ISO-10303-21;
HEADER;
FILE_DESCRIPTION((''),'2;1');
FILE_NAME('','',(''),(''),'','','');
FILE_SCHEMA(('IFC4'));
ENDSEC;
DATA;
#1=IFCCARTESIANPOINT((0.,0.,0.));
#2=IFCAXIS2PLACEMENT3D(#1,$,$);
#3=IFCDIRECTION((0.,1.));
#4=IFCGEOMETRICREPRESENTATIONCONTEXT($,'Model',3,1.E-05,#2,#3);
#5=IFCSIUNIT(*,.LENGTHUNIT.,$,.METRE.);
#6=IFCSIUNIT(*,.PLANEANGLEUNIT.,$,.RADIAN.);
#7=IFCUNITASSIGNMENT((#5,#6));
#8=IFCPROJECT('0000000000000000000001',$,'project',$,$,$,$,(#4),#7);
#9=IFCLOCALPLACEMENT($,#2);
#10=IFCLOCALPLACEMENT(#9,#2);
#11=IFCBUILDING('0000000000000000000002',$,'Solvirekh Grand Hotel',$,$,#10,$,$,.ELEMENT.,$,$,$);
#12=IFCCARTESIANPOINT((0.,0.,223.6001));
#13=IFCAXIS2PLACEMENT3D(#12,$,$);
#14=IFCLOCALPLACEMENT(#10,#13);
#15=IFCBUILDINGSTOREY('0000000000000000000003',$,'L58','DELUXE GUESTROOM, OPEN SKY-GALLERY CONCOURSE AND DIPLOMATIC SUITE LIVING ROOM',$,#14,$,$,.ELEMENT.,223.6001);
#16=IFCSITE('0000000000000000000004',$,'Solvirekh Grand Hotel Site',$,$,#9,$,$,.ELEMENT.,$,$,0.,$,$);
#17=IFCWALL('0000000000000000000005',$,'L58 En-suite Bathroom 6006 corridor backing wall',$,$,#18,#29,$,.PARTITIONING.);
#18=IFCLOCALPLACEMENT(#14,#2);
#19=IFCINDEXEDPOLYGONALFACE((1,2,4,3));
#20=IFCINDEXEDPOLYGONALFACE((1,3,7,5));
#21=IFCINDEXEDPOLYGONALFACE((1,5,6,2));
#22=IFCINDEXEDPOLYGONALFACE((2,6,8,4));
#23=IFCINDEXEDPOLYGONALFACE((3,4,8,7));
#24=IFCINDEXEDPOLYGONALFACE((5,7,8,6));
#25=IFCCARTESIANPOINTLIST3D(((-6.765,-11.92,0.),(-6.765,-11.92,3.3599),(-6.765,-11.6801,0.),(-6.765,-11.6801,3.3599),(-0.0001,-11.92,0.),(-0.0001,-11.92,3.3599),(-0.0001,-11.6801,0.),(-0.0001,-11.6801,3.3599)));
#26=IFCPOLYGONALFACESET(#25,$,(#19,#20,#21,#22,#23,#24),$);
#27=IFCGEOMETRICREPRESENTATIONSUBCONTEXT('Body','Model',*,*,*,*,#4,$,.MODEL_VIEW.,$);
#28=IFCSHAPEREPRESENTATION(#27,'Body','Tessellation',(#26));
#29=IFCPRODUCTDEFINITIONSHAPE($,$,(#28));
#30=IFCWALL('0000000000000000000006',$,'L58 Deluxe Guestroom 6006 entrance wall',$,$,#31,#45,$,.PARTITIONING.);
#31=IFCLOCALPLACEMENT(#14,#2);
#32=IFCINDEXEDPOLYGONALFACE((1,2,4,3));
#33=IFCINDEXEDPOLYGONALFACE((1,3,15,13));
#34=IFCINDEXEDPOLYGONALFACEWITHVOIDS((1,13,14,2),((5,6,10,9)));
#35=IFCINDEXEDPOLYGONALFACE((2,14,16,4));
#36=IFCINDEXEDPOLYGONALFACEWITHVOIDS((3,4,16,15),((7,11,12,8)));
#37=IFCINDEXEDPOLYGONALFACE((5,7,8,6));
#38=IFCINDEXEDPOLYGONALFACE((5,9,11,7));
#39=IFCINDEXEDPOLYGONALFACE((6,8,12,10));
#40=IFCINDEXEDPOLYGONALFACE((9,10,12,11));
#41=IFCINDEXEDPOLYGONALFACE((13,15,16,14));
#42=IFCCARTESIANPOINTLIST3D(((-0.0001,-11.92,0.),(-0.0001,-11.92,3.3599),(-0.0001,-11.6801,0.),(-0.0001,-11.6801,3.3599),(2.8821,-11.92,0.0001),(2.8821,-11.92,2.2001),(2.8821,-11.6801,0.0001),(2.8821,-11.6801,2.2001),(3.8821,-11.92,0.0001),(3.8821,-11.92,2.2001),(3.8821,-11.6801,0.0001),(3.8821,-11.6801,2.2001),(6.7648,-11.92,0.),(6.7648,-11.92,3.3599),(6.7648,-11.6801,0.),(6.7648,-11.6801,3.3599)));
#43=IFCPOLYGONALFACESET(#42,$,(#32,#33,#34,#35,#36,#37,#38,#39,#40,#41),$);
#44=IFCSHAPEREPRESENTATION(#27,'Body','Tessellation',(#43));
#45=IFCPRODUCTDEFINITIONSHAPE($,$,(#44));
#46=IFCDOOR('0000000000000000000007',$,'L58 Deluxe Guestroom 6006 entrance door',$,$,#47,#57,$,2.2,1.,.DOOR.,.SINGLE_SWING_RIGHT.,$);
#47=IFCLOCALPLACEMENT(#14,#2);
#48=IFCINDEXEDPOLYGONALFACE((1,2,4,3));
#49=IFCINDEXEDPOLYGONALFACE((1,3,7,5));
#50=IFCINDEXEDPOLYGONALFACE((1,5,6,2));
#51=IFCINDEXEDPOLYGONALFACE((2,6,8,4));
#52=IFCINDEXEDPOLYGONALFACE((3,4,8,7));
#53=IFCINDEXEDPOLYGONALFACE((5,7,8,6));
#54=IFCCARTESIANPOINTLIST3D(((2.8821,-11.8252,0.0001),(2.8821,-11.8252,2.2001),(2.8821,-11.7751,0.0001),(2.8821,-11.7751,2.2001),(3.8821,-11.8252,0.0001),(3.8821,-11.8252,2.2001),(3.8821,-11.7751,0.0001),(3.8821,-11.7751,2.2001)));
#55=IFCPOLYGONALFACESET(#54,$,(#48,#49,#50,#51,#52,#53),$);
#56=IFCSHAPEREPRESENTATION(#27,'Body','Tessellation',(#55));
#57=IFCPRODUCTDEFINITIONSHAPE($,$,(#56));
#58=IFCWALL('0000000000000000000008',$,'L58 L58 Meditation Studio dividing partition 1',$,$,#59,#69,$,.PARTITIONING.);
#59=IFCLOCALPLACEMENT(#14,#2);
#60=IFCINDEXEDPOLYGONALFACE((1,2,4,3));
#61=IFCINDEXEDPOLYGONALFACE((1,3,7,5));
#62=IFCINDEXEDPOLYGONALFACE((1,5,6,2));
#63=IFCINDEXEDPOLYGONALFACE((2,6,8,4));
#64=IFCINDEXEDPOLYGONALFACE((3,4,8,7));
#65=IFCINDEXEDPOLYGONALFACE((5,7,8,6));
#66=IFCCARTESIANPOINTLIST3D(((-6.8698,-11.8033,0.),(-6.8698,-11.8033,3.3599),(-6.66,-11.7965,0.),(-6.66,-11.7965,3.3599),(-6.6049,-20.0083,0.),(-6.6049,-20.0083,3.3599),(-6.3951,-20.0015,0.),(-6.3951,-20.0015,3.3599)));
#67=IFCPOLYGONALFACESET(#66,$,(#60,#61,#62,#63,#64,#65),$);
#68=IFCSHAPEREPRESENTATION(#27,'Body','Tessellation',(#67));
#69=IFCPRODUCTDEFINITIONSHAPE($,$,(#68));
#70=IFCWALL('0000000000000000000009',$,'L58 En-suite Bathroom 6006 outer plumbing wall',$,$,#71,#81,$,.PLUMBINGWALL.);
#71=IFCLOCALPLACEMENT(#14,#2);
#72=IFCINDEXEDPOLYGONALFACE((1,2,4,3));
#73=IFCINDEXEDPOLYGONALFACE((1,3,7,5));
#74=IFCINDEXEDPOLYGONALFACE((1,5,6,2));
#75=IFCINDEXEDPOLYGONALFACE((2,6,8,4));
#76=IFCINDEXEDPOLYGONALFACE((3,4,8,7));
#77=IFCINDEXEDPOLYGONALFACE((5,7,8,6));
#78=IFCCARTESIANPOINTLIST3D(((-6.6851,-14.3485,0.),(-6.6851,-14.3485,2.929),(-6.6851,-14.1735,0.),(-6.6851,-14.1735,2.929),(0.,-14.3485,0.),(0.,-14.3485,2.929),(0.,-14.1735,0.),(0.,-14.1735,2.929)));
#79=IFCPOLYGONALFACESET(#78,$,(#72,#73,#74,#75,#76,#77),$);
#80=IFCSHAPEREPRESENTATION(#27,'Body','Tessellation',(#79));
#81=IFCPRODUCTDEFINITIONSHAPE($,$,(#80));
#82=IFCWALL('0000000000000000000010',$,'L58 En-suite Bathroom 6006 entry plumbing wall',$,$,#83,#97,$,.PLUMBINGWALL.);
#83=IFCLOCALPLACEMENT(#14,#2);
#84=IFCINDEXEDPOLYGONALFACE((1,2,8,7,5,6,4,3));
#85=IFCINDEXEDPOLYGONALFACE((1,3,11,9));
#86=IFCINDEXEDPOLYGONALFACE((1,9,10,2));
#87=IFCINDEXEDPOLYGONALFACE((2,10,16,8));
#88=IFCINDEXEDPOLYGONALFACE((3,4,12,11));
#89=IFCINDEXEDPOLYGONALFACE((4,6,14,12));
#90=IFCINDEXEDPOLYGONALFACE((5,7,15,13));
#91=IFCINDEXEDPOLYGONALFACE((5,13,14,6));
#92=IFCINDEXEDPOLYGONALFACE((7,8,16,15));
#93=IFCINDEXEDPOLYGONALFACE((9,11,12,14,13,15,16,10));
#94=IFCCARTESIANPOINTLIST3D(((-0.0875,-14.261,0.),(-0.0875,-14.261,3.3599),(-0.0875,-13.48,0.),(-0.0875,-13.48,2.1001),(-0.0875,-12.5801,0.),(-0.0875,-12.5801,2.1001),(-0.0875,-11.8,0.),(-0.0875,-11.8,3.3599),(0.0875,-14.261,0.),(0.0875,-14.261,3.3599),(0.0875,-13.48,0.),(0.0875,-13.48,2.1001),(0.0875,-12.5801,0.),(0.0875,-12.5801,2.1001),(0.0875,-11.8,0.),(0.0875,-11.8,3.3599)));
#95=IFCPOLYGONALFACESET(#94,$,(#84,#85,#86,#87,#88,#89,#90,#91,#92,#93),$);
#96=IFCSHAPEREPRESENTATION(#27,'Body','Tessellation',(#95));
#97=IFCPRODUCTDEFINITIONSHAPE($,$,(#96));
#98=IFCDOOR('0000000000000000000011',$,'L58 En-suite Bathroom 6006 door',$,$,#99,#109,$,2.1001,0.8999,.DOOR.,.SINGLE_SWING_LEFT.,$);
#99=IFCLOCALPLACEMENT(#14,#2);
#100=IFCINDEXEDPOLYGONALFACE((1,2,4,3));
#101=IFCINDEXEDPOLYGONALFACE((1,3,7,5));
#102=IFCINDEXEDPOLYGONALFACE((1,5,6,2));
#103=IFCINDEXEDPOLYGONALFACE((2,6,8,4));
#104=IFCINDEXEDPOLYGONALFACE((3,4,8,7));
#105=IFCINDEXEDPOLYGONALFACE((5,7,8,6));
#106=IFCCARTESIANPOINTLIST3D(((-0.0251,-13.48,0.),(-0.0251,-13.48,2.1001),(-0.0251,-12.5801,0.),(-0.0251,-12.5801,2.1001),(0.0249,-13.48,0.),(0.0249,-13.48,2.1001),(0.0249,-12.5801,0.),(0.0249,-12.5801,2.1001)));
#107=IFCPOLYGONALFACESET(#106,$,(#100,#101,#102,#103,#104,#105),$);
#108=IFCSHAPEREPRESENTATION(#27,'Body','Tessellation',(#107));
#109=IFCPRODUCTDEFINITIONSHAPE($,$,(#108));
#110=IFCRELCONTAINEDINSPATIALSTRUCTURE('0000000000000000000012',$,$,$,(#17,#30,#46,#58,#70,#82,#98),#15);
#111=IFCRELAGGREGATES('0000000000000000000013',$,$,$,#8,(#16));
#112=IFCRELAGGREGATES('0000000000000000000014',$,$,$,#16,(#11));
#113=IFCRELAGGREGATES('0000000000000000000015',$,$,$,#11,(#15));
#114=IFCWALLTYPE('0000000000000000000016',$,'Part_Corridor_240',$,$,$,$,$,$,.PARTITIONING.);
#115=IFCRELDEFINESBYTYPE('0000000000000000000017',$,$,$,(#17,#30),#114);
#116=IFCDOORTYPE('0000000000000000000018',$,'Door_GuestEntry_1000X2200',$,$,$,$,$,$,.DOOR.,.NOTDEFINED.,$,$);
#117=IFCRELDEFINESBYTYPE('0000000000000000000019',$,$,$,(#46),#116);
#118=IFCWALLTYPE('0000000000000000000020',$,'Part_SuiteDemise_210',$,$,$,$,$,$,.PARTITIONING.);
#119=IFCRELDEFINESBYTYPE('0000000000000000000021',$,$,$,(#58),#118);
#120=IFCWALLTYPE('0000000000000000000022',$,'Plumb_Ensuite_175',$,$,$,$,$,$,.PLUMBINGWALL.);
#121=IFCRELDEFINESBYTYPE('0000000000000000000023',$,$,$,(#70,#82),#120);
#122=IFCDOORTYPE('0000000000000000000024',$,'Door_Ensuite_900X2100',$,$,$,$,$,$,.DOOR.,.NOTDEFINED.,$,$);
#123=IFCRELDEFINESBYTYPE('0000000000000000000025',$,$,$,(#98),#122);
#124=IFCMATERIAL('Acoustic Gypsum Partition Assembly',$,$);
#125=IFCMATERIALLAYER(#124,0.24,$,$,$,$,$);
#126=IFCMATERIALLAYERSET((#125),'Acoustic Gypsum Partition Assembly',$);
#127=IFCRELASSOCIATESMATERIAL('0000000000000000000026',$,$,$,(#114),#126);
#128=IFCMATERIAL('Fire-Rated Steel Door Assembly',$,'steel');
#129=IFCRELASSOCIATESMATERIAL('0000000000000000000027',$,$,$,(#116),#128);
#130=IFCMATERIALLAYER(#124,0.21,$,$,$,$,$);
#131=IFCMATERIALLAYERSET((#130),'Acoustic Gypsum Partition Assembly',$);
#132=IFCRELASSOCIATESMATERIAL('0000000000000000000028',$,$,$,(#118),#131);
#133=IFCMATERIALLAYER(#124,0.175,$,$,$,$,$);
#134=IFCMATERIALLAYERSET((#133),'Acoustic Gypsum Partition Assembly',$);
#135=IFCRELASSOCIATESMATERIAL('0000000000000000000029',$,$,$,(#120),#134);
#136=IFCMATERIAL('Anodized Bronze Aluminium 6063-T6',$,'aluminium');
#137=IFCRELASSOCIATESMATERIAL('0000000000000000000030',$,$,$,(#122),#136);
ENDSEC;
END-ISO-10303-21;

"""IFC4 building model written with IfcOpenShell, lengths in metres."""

from ifc_helpers import new_model, si_unit, direction, frame, frame_2d, origin, place, context, subcontext, project, spatial, rectangle, extrude, material, layer, layer_set, type_object, element, fill, save


model = new_model("IFC4")

# Units and contexts
model_context = context("Model", 3, precision=1e-05, world=origin(), true_north=direction((0.0, 1.0)))
body_context = subcontext(model_context, "Body", "Model", "MODEL_VIEW")
ifc_project = project(units=[si_unit("LENGTHUNIT", "METRE"), si_unit("PLANEANGLEUNIT", "RADIAN")], contexts=[model_context])

# Site, building, storey
site_placement = place(None, origin())
site = spatial("IfcSite", under=ifc_project, at=site_placement, Name="Solvirekh Grand Hotel Site", CompositionType="ELEMENT", RefElevation=0.0)
building_placement = place(site_placement, origin())
building = spatial("IfcBuilding", under=site, at=building_placement, Name="Solvirekh Grand Hotel", CompositionType="ELEMENT")
storey_placement = place(building_placement, frame((0.0, 0.0, 223.6001)))
storey = spatial("IfcBuildingStorey", under=building, at=storey_placement, Name="L58", Description="DELUXE GUESTROOM, OPEN SKY-GALLERY CONCOURSE AND DIPLOMATIC SUITE LIVING ROOM", CompositionType="ELEMENT", Elevation=223.6001)

# Shared definitions
ifc_material_1 = material(Name="Anodized Bronze Aluminium 6063-T6", Category="aluminium")

# Shared definitions
ifc_material_2 = material(Name="Acoustic Gypsum Partition Assembly")

# Wall
ifc_layer_1 = layer(ifc_material_2, 0.24)
ifc_layer_set_1 = layer_set([ifc_layer_1], Name="Acoustic Gypsum Partition Assembly")
wall_type_1 = type_object("IfcWallType", Name="Part_Corridor_240", PredefinedType="PARTITIONING", material=ifc_layer_set_1)
wall_1_placement = place(storey_placement, frame((-6.7649, -11.8, 0.0), z_axis=(0.0, 0.0, 1.0), x_axis=(1.0, 0.0, 0.0)))
element("IfcWall", 1, at=wall_1_placement, inside=storey, type_object=wall_type_1, Name="L58 En-suite Bathroom 6006 corridor backing wall", PredefinedType="PARTITIONING", context=body_context, shape_type="SweptSolid", body=[
    extrude(rectangle(XDim=6.7649, YDim=0.24, at=frame_2d((3.3823, 0.0))), origin(), (0.0, 0.0, 1.0), 3.3599),
])

# Wall, opening, door
wall_2_placement = place(storey_placement, frame((0.0, -11.8, 0.0), z_axis=(0.0, 0.0, 1.0), x_axis=(1.0, 0.0, 0.0)))
wall_2 = element("IfcWall", 2, at=wall_2_placement, inside=storey, type_object=wall_type_1, Name="L58 Deluxe Guestroom 6006 entrance wall", PredefinedType="PARTITIONING", context=body_context, shape_type="SweptSolid", body=[
    extrude(rectangle(XDim=6.7649, YDim=0.24, at=frame_2d((3.3823, 0.0))), origin(), (0.0, 0.0, 1.0), 3.3599),
])
opening_1_placement = place(wall_2_placement, frame((2.8821, 0.0, 0.0)))
opening_1 = element("IfcOpeningElement", 3, at=opening_1_placement, cuts=wall_2, PredefinedType="OPENING", context=body_context, shape_type="SweptSolid", body=[
    extrude(rectangle(XDim=1.0, YDim=2.2, at=frame_2d((0.5, 1.1001))), frame((0.0, 0.1299, 0.0), z_axis=(0.0, -1.0, 0.0), x_axis=(1.0, 0.0, 0.0)), (0.0, 0.0, 1.0), 0.26),
])
ifc_material_3 = material(Name="Fire-Rated Steel Door Assembly", Category="steel")
door_type_1 = type_object("IfcDoorType", Name="Door_GuestEntry_1000X2200", OperationType="NOTDEFINED", PredefinedType="DOOR", material=ifc_material_3)
door_1_placement = place(opening_1_placement, origin())
door_1 = element("IfcDoor", 4, at=door_1_placement, inside=storey, type_object=door_type_1, Name="L58 Deluxe Guestroom 6006 entrance door", OperationType="SINGLE_SWING_RIGHT", OverallHeight=2.2, OverallWidth=1.0, PredefinedType="DOOR", context=body_context, shape_type="SweptSolid", body=[
    extrude(rectangle(XDim=1.0, YDim=2.2, at=frame_2d((0.5, 1.1001))), frame((0.0, 0.0249, 0.0), z_axis=(0.0, -1.0, 0.0), x_axis=(1.0, 0.0, 0.0)), (0.0, 0.0, 1.0), 0.05),
])
fill(opening_1, door_1)

# Walls
ifc_layer_2 = layer(ifc_material_2, 0.21)
ifc_layer_set_2 = layer_set([ifc_layer_2], Name="Acoustic Gypsum Partition Assembly")
wall_type_2 = type_object("IfcWallType", Name="Part_SuiteDemise_210", PredefinedType="PARTITIONING", material=ifc_layer_set_2)
wall_3_placement = place(storey_placement, frame((-6.7649, -11.8, 0.0), z_axis=(0.0, 0.0, 1.0), x_axis=(0.032268, -0.999479, 0.0)))
element("IfcWall", 5, at=wall_3_placement, inside=storey, type_object=wall_type_2, Name="L58 L58 Meditation Studio dividing partition 1", PredefinedType="PARTITIONING", context=body_context, shape_type="SweptSolid", body=[
    extrude(rectangle(XDim=8.2092, YDim=0.21, at=frame_2d((4.1045, 0.0))), origin(), (0.0, 0.0, 1.0), 3.3599),
])
ifc_layer_3 = layer(ifc_material_2, 0.175)
ifc_layer_set_3 = layer_set([ifc_layer_3], Name="Acoustic Gypsum Partition Assembly")
wall_type_3 = type_object("IfcWallType", Name="Plumb_Ensuite_175", PredefinedType="PLUMBINGWALL", material=ifc_layer_set_3)
wall_4_placement = place(storey_placement, frame((-6.6851, -14.261, 0.0), z_axis=(0.0, 0.0, 1.0), x_axis=(1.0, 0.0, 0.0)))
element("IfcWall", 6, at=wall_4_placement, inside=storey, type_object=wall_type_3, Name="L58 En-suite Bathroom 6006 outer plumbing wall", PredefinedType="PLUMBINGWALL", context=body_context, shape_type="SweptSolid", body=[
    extrude(rectangle(XDim=6.6851, YDim=0.175, at=frame_2d((3.3425, 0.0))), origin(), (0.0, 0.0, 1.0), 2.929),
])

# Wall, opening, door
wall_5_placement = place(storey_placement, frame((0.0, -11.8, 0.0), z_axis=(0.0, 0.0, 1.0), x_axis=(0.0, -1.0, 0.0)))
wall_5 = element("IfcWall", 7, at=wall_5_placement, inside=storey, type_object=wall_type_3, Name="L58 En-suite Bathroom 6006 entry plumbing wall", PredefinedType="PLUMBINGWALL", context=body_context, shape_type="SweptSolid", body=[
    extrude(rectangle(XDim=2.4609, YDim=0.175, at=frame_2d((1.2305, 0.0))), origin(), (0.0, 0.0, 1.0), 3.3599),
])
opening_2_placement = place(wall_5_placement, frame((0.78, 0.0, 0.0)))
opening_2 = element("IfcOpeningElement", 8, at=opening_2_placement, cuts=wall_5, PredefinedType="OPENING", context=body_context, shape_type="SweptSolid", body=[
    extrude(rectangle(XDim=0.8999, YDim=2.1001, at=frame_2d((0.45, 1.05))), frame((0.0, 0.0977, 0.0), z_axis=(0.0, -1.0, 0.0), x_axis=(1.0, 0.0, 0.0)), (0.0, 0.0, 1.0), 0.1951),
])
door_type_2 = type_object("IfcDoorType", Name="Door_Ensuite_900X2100", OperationType="NOTDEFINED", PredefinedType="DOOR", material=ifc_material_1)
door_2_placement = place(opening_2_placement, origin())
door_2 = element("IfcDoor", 9, at=door_2_placement, inside=storey, type_object=door_type_2, Name="L58 En-suite Bathroom 6006 door", OperationType="SINGLE_SWING_LEFT", OverallHeight=2.1001, OverallWidth=0.8999, PredefinedType="DOOR", context=body_context, shape_type="SweptSolid", body=[
    extrude(rectangle(XDim=0.8999, YDim=2.1001, at=frame_2d((0.45, 1.05))), frame((0.0, 0.0249, 0.0), z_axis=(0.0, -1.0, 0.0), x_axis=(1.0, 0.0, 0.0)), (0.0, 0.0, 1.0), 0.05),
])
fill(opening_2, door_2)

save(model, "model.ifc")
